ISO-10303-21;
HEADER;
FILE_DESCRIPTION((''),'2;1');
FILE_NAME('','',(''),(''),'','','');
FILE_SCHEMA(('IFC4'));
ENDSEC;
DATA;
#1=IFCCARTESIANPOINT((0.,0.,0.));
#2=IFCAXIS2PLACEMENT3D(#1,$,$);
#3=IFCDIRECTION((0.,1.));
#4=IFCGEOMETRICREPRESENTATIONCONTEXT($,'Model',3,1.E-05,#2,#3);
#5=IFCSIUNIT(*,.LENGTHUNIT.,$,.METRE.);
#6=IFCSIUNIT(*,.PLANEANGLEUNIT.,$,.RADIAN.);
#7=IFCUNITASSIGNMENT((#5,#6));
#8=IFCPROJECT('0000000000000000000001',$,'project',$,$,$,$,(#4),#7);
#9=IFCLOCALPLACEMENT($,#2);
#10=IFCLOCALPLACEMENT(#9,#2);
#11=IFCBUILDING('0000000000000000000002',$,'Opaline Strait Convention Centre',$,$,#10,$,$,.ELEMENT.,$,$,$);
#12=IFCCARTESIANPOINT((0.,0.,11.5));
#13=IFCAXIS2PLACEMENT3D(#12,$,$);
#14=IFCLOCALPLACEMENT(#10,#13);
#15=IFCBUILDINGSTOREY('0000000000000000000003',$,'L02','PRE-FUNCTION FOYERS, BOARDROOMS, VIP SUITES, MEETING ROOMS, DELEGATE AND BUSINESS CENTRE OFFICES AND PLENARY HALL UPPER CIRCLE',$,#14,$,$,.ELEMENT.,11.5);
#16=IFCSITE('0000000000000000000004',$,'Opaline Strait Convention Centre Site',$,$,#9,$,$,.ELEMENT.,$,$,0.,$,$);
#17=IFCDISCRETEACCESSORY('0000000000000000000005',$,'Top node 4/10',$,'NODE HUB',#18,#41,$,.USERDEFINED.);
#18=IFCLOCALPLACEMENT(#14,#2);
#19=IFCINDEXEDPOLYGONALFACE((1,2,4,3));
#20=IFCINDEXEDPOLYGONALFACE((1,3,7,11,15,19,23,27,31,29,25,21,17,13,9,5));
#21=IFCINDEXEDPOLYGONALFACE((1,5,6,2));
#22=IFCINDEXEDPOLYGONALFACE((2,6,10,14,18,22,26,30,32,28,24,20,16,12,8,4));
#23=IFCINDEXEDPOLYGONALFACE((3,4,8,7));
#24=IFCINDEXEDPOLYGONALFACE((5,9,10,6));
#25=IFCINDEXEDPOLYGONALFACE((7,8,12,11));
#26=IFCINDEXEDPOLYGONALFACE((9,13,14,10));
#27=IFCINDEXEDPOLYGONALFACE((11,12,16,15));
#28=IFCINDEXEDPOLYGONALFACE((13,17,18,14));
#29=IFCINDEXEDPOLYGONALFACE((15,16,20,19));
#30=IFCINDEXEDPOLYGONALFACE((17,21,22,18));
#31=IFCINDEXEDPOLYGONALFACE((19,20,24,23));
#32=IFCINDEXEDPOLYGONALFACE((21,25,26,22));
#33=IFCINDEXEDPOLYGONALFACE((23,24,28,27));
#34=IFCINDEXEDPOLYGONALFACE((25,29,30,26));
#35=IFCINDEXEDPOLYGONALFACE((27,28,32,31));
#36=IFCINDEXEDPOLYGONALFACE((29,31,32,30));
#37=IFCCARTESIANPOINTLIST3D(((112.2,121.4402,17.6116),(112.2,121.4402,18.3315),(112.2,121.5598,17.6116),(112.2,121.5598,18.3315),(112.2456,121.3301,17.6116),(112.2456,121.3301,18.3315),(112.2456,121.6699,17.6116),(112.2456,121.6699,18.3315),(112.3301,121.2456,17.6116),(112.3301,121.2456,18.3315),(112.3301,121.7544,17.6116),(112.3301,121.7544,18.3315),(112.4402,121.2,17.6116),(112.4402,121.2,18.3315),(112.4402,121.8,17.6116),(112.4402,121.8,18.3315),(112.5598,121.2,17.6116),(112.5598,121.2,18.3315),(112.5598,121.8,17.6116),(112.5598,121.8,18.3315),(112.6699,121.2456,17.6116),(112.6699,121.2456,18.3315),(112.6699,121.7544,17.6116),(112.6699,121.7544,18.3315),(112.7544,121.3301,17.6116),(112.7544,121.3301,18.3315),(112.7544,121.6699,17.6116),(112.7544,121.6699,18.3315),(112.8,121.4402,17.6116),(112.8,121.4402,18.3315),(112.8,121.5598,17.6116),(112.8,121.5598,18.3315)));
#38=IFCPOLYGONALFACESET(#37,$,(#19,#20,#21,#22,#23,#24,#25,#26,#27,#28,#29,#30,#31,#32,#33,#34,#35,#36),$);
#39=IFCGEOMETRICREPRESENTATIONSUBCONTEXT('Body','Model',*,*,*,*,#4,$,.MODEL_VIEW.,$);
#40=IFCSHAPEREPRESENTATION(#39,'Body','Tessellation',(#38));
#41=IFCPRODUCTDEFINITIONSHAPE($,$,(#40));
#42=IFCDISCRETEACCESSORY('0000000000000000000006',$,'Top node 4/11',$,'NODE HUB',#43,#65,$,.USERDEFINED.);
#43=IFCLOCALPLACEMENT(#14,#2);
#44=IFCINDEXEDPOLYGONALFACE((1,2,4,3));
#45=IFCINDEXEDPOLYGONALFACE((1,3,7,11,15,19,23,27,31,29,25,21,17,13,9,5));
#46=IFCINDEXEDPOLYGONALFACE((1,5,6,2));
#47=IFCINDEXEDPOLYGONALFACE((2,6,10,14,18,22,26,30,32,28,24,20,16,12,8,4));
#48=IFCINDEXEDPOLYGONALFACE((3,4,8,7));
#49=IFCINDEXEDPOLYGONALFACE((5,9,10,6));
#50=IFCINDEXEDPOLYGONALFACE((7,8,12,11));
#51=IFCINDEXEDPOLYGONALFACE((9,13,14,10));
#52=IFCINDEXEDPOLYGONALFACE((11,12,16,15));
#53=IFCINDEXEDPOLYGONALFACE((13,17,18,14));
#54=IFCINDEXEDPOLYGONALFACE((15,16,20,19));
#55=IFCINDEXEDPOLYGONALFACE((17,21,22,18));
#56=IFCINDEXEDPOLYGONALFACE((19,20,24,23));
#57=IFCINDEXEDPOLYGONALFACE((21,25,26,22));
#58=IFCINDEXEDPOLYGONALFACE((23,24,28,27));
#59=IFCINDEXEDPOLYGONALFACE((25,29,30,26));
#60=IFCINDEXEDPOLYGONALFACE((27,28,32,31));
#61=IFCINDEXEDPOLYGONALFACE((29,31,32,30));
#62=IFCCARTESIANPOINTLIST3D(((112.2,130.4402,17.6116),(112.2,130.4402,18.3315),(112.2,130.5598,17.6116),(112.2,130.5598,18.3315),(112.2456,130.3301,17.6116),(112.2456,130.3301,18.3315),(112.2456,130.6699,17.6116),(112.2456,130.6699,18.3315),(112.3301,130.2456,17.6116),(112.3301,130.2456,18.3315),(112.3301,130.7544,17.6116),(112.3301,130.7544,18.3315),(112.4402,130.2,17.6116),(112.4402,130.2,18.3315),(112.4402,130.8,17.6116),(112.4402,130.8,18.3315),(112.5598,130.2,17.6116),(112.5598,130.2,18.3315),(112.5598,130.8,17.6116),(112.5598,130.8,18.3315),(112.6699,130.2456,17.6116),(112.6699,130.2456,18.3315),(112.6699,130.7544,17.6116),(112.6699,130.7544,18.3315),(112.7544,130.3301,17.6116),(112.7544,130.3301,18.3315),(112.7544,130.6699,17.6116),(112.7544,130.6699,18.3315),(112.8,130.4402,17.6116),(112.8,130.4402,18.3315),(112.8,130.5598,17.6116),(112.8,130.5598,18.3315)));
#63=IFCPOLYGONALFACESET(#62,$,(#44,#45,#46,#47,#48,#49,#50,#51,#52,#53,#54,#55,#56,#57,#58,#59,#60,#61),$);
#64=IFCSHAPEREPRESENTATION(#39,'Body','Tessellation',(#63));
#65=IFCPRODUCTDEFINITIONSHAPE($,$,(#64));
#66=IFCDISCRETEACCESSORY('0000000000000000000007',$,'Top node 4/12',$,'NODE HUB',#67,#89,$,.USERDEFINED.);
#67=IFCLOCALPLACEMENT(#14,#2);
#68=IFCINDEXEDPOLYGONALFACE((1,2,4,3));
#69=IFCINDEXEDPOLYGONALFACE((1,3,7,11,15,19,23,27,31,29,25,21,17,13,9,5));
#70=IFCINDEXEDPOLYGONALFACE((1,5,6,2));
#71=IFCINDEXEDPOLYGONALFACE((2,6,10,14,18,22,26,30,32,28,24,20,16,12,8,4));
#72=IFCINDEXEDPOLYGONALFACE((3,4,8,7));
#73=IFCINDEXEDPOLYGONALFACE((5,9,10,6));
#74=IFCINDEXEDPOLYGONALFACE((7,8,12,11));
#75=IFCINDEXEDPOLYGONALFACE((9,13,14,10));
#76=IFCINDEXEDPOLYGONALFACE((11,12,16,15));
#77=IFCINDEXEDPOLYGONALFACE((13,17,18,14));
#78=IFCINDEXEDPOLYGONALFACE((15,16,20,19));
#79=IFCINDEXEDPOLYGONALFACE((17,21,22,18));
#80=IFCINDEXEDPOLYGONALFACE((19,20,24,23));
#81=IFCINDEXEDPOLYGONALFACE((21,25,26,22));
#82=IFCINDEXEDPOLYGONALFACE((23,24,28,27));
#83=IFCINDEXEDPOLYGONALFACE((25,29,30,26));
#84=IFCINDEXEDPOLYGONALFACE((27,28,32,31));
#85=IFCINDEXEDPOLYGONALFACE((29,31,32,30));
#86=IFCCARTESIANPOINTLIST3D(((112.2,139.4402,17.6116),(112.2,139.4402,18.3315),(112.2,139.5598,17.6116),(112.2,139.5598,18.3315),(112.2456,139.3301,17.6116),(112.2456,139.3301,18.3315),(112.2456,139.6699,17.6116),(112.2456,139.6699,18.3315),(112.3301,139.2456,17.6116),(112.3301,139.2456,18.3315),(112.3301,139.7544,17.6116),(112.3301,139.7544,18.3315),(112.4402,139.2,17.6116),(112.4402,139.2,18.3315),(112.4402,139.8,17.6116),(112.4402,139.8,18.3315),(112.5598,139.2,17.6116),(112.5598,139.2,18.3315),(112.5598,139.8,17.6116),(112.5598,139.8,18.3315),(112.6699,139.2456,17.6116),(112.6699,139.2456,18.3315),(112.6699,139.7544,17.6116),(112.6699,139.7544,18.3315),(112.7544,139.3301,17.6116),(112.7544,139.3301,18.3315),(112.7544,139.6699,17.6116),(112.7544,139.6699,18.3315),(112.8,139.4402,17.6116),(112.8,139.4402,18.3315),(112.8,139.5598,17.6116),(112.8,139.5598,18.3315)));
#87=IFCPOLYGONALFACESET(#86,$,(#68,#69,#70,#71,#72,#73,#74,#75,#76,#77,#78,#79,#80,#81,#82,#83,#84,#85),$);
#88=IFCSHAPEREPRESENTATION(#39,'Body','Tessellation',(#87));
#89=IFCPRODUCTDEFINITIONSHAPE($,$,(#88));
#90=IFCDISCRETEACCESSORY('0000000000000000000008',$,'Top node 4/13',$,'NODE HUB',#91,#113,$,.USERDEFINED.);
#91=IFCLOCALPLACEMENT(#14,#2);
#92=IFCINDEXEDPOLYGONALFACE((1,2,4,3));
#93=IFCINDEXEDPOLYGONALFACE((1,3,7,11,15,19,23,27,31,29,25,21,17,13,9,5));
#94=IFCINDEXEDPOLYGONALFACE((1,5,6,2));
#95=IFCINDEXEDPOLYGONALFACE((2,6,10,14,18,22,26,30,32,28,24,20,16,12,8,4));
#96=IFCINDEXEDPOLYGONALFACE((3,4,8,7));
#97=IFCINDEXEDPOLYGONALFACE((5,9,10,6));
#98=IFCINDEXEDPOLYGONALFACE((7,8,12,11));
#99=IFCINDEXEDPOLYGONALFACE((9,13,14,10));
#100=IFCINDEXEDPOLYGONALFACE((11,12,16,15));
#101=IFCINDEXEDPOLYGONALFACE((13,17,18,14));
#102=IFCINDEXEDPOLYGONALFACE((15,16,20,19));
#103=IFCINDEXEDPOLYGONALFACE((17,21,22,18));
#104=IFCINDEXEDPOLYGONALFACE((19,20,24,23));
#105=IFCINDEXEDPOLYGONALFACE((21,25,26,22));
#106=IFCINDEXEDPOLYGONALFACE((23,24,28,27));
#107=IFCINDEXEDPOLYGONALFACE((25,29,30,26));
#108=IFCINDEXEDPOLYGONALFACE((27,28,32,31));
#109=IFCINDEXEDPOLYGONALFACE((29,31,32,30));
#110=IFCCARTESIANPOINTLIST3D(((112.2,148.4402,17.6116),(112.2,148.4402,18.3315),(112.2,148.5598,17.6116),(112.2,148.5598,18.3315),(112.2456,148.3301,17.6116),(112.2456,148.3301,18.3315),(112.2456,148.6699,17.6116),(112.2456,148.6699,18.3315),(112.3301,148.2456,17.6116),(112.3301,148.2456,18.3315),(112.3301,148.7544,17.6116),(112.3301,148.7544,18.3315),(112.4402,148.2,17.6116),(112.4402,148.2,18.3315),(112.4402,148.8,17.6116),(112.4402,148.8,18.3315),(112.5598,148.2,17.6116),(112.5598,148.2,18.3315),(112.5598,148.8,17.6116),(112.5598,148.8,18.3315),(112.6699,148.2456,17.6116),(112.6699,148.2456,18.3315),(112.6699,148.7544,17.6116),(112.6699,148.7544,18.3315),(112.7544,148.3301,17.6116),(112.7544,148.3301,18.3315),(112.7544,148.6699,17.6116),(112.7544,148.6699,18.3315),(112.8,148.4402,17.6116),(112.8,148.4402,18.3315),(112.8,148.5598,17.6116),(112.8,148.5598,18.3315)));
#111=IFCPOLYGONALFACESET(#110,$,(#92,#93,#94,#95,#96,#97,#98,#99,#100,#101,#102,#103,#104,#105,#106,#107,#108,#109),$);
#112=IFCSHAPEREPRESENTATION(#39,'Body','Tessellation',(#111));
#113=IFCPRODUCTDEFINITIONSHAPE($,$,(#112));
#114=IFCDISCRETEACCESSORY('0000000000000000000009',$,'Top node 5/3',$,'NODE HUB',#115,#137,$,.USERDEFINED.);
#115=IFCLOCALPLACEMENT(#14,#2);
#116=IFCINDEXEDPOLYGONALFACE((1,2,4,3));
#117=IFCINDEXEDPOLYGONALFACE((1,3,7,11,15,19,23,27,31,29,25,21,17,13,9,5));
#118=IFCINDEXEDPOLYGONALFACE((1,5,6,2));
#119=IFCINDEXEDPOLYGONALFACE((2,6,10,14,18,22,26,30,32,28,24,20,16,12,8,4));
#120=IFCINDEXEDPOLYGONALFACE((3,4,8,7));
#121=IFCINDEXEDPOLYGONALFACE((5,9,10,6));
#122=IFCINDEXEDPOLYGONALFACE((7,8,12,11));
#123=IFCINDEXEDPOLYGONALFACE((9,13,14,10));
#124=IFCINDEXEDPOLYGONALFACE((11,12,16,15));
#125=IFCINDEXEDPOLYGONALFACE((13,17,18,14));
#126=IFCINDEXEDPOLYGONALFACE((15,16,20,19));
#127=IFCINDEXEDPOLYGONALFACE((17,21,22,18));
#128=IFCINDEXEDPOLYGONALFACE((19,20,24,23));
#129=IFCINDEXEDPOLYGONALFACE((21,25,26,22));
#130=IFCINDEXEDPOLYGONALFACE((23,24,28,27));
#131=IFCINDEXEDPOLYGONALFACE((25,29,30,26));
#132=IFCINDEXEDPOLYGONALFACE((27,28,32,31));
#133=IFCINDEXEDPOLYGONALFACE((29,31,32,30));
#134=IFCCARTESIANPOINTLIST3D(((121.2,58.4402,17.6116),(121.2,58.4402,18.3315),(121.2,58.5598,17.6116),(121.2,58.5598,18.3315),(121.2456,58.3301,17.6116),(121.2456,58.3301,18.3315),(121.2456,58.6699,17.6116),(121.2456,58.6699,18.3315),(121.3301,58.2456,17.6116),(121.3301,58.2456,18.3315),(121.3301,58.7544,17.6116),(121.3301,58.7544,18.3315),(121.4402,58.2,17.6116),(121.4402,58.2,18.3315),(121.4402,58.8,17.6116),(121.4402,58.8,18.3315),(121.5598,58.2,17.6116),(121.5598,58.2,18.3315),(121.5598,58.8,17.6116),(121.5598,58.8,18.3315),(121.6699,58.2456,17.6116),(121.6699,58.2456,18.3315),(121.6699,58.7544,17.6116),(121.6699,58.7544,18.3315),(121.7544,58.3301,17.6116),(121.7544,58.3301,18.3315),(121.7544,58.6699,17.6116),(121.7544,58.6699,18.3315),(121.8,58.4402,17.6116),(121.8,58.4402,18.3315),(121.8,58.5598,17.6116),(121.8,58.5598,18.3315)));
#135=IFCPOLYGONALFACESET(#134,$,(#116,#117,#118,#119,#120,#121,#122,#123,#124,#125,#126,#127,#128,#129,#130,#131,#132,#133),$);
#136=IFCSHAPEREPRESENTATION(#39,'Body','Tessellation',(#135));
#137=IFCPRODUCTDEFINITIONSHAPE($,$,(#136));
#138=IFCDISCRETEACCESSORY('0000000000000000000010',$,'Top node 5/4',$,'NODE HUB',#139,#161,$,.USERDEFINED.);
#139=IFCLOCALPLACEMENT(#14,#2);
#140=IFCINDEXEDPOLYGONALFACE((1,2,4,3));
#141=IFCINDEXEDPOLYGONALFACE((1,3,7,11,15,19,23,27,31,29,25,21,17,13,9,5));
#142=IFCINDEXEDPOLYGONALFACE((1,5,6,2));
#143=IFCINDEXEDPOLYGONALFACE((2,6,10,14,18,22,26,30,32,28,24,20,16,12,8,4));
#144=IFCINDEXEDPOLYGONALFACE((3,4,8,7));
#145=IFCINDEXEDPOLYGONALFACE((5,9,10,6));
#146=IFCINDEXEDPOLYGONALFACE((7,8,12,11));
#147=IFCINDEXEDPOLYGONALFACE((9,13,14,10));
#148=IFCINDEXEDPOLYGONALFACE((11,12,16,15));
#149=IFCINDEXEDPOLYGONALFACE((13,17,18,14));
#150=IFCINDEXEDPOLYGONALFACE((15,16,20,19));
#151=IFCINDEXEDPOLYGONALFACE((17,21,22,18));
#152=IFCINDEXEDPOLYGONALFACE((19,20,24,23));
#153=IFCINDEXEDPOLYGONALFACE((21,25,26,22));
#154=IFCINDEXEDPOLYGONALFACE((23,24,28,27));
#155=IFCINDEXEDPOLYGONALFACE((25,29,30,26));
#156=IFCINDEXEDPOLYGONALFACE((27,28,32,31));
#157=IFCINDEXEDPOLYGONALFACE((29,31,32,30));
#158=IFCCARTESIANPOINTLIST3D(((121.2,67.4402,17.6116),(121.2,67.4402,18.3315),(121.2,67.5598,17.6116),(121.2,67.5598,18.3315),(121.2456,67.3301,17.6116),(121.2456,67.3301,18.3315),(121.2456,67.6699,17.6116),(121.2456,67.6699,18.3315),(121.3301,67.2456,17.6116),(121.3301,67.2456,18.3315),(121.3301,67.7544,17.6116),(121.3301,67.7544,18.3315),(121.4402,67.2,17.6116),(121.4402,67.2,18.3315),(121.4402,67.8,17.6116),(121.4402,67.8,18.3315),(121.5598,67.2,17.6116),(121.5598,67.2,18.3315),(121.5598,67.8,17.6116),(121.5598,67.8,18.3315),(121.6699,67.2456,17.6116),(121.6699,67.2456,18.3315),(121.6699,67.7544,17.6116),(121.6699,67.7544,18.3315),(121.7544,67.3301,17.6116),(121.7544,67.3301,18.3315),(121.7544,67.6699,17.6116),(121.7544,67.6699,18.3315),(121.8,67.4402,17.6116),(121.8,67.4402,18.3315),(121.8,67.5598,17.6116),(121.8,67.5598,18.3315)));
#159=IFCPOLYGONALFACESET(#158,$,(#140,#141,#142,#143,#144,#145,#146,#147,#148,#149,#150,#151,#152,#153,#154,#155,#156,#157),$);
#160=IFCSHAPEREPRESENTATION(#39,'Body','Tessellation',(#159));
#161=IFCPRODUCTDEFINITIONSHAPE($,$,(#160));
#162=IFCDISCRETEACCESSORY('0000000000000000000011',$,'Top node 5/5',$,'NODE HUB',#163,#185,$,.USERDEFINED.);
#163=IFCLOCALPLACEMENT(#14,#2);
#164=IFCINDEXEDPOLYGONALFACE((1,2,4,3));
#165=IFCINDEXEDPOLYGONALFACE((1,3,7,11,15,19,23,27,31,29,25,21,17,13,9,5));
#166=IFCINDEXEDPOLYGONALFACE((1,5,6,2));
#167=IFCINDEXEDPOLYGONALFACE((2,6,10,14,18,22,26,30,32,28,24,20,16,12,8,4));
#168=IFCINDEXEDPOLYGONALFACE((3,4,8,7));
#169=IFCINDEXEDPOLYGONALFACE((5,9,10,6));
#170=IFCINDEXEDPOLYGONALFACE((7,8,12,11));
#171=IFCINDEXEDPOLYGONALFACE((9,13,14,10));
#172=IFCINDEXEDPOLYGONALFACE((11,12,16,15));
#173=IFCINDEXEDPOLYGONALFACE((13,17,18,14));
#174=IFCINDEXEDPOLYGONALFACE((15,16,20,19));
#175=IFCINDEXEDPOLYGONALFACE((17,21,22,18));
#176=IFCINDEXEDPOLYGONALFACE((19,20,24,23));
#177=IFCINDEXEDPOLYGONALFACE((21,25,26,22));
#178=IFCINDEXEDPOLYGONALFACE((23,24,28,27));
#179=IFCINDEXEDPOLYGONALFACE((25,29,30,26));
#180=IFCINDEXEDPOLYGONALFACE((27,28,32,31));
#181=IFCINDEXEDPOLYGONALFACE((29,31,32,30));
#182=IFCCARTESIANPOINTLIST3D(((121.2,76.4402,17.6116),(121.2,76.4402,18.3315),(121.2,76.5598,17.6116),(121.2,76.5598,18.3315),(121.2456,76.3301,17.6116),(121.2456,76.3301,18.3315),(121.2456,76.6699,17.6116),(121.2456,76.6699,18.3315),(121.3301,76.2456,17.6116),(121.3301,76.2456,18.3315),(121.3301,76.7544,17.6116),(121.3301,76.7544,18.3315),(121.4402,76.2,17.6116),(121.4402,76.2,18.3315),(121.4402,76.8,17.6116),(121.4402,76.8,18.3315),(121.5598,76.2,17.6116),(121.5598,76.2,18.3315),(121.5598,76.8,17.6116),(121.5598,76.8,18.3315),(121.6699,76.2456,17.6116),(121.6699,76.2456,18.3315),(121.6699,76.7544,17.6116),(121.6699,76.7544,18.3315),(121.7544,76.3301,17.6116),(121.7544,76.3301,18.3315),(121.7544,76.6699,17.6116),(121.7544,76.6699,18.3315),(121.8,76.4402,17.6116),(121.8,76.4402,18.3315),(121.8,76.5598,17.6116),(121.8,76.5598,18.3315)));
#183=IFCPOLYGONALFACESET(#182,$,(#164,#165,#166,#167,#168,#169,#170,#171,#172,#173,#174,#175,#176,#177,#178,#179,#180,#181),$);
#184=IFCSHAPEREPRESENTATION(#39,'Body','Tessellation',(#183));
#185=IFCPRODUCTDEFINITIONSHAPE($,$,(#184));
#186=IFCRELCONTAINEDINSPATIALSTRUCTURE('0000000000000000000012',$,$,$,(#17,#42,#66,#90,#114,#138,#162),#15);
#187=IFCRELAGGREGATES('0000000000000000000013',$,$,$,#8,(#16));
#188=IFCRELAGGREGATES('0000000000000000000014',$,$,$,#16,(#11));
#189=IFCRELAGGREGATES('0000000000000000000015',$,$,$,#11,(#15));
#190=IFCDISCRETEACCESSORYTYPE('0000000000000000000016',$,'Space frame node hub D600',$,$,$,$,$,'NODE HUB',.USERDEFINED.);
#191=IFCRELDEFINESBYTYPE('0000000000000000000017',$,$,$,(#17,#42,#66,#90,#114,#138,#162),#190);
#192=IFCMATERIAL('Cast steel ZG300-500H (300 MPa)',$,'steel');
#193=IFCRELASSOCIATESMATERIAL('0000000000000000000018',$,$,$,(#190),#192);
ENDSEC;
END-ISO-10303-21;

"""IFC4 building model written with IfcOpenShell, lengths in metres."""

from ifc_helpers import new_model, si_unit, direction, frame, origin, place, context, subcontext, project, spatial, polyline, outline, extrude, material, type_object, element, save


model = new_model("IFC4")

# Units and contexts
model_context = context("Model", 3, precision=1e-05, world=origin(), true_north=direction((0.0, 1.0)))
body_context = subcontext(model_context, "Body", "Model", "MODEL_VIEW")
ifc_project = project(units=[si_unit("LENGTHUNIT", "METRE"), si_unit("PLANEANGLEUNIT", "RADIAN")], contexts=[model_context])

# Site, building, storey
site_placement = place(None, origin())
site = spatial("IfcSite", under=ifc_project, at=site_placement, Name="Opaline Strait Convention Centre Site", CompositionType="ELEMENT", RefElevation=0.0)
building_placement = place(site_placement, origin())
building = spatial("IfcBuilding", under=site, at=building_placement, Name="Opaline Strait Convention Centre", CompositionType="ELEMENT")
storey_placement = place(building_placement, frame((0.0, 0.0, 11.5)))
storey = spatial("IfcBuildingStorey", under=building, at=storey_placement, Name="L02", Description="PRE-FUNCTION FOYERS, BOARDROOMS, VIP SUITES, MEETING ROOMS, DELEGATE AND BUSINESS CENTRE OFFICES AND PLENARY HALL UPPER CIRCLE", CompositionType="ELEMENT", Elevation=11.5)

# Discrete accessories
ifc_material = material(Name="Cast steel ZG300-500H (300 MPa)", Category="steel")
discrete_accessory_type = type_object("IfcDiscreteAccessoryType", Name="Space frame node hub D600", ElementType="NODE HUB", PredefinedType="USERDEFINED", material=ifc_material)
discrete_accessory_1_placement = place(storey_placement, frame((0.0, 0.0, 17.6116)))
element("IfcDiscreteAccessory", 1, at=discrete_accessory_1_placement, inside=storey, type_object=discrete_accessory_type, Name="Top node 4/10", ObjectType="NODE HUB", PredefinedType="USERDEFINED", context=body_context, shape_type="SweptSolid", body=[
    extrude(outline(polyline([(112.8, 121.5598), (112.7544, 121.6699), (112.6699, 121.7544), (112.5598, 121.8), (112.4402, 121.8), (112.3301, 121.7544), (112.2456, 121.6699), (112.2, 121.5598), (112.2, 121.4402), (112.2456, 121.3301), (112.3301, 121.2456), (112.4402, 121.2), (112.5598, 121.2), (112.6699, 121.2456), (112.7544, 121.3301), (112.8, 121.4402), (112.8, 121.5598)])), origin(), (0.0, 0.0, 1.0), 0.72),
])
discrete_accessory_2_placement = place(storey_placement, frame((0.0, 0.0, 17.6116)))
element("IfcDiscreteAccessory", 2, at=discrete_accessory_2_placement, inside=storey, type_object=discrete_accessory_type, Name="Top node 4/11", ObjectType="NODE HUB", PredefinedType="USERDEFINED", context=body_context, shape_type="SweptSolid", body=[
    extrude(outline(polyline([(112.8, 130.5598), (112.7544, 130.6699), (112.6699, 130.7544), (112.5598, 130.8), (112.4402, 130.8), (112.3301, 130.7544), (112.2456, 130.6699), (112.2, 130.5598), (112.2, 130.4402), (112.2456, 130.3301), (112.3301, 130.2456), (112.4402, 130.2), (112.5598, 130.2), (112.6699, 130.2456), (112.7544, 130.3301), (112.8, 130.4402), (112.8, 130.5598)])), origin(), (0.0, 0.0, 1.0), 0.72),
])
discrete_accessory_3_placement = place(storey_placement, frame((0.0, 0.0, 17.6116)))
element("IfcDiscreteAccessory", 3, at=discrete_accessory_3_placement, inside=storey, type_object=discrete_accessory_type, Name="Top node 4/12", ObjectType="NODE HUB", PredefinedType="USERDEFINED", context=body_context, shape_type="SweptSolid", body=[
    extrude(outline(polyline([(112.8, 139.5598), (112.7544, 139.6699), (112.6699, 139.7544), (112.5598, 139.8), (112.4402, 139.8), (112.3301, 139.7544), (112.2456, 139.6699), (112.2, 139.5598), (112.2, 139.4402), (112.2456, 139.3301), (112.3301, 139.2456), (112.4402, 139.2), (112.5598, 139.2), (112.6699, 139.2456), (112.7544, 139.3301), (112.8, 139.4402), (112.8, 139.5598)])), origin(), (0.0, 0.0, 1.0), 0.72),
])
discrete_accessory_4_placement = place(storey_placement, frame((0.0, 0.0, 17.6116)))
element("IfcDiscreteAccessory", 4, at=discrete_accessory_4_placement, inside=storey, type_object=discrete_accessory_type, Name="Top node 4/13", ObjectType="NODE HUB", PredefinedType="USERDEFINED", context=body_context, shape_type="SweptSolid", body=[
    extrude(outline(polyline([(112.8, 148.5598), (112.7544, 148.6699), (112.6699, 148.7544), (112.5598, 148.8), (112.4402, 148.8), (112.3301, 148.7544), (112.2456, 148.6699), (112.2, 148.5598), (112.2, 148.4402), (112.2456, 148.3301), (112.3301, 148.2456), (112.4402, 148.2), (112.5598, 148.2), (112.6699, 148.2456), (112.7544, 148.3301), (112.8, 148.4402), (112.8, 148.5598)])), origin(), (0.0, 0.0, 1.0), 0.72),
])
discrete_accessory_5_placement = place(storey_placement, frame((0.0, 0.0, 17.6116)))
element("IfcDiscreteAccessory", 5, at=discrete_accessory_5_placement, inside=storey, type_object=discrete_accessory_type, Name="Top node 5/3", ObjectType="NODE HUB", PredefinedType="USERDEFINED", context=body_context, shape_type="SweptSolid", body=[
    extrude(outline(polyline([(121.8, 58.5598), (121.7544, 58.6699), (121.6699, 58.7544), (121.5598, 58.8), (121.4402, 58.8), (121.3301, 58.7544), (121.2456, 58.6699), (121.2, 58.5598), (121.2, 58.4402), (121.2456, 58.3301), (121.3301, 58.2456), (121.4402, 58.2), (121.5598, 58.2), (121.6699, 58.2456), (121.7544, 58.3301), (121.8, 58.4402), (121.8, 58.5598)])), origin(), (0.0, 0.0, 1.0), 0.72),
])
discrete_accessory_6_placement = place(storey_placement, frame((0.0, 0.0, 17.6116)))
element("IfcDiscreteAccessory", 6, at=discrete_accessory_6_placement, inside=storey, type_object=discrete_accessory_type, Name="Top node 5/4", ObjectType="NODE HUB", PredefinedType="USERDEFINED", context=body_context, shape_type="SweptSolid", body=[
    extrude(outline(polyline([(121.8, 67.5598), (121.7544, 67.6699), (121.6699, 67.7544), (121.5598, 67.8), (121.4402, 67.8), (121.3301, 67.7544), (121.2456, 67.6699), (121.2, 67.5598), (121.2, 67.4402), (121.2456, 67.3301), (121.3301, 67.2456), (121.4402, 67.2), (121.5598, 67.2), (121.6699, 67.2456), (121.7544, 67.3301), (121.8, 67.4402), (121.8, 67.5598)])), origin(), (0.0, 0.0, 1.0), 0.72),
])
discrete_accessory_7_placement = place(storey_placement, frame((0.0, 0.0, 17.6116)))
element("IfcDiscreteAccessory", 7, at=discrete_accessory_7_placement, inside=storey, type_object=discrete_accessory_type, Name="Top node 5/5", ObjectType="NODE HUB", PredefinedType="USERDEFINED", context=body_context, shape_type="SweptSolid", body=[
    extrude(outline(polyline([(121.8, 76.5598), (121.7544, 76.6699), (121.6699, 76.7544), (121.5598, 76.8), (121.4402, 76.8), (121.3301, 76.7544), (121.2456, 76.6699), (121.2, 76.5598), (121.2, 76.4402), (121.2456, 76.3301), (121.3301, 76.2456), (121.4402, 76.2), (121.5598, 76.2), (121.6699, 76.2456), (121.7544, 76.3301), (121.8, 76.4402), (121.8, 76.5598)])), origin(), (0.0, 0.0, 1.0), 0.72),
])

save(model, "model.ifc")
